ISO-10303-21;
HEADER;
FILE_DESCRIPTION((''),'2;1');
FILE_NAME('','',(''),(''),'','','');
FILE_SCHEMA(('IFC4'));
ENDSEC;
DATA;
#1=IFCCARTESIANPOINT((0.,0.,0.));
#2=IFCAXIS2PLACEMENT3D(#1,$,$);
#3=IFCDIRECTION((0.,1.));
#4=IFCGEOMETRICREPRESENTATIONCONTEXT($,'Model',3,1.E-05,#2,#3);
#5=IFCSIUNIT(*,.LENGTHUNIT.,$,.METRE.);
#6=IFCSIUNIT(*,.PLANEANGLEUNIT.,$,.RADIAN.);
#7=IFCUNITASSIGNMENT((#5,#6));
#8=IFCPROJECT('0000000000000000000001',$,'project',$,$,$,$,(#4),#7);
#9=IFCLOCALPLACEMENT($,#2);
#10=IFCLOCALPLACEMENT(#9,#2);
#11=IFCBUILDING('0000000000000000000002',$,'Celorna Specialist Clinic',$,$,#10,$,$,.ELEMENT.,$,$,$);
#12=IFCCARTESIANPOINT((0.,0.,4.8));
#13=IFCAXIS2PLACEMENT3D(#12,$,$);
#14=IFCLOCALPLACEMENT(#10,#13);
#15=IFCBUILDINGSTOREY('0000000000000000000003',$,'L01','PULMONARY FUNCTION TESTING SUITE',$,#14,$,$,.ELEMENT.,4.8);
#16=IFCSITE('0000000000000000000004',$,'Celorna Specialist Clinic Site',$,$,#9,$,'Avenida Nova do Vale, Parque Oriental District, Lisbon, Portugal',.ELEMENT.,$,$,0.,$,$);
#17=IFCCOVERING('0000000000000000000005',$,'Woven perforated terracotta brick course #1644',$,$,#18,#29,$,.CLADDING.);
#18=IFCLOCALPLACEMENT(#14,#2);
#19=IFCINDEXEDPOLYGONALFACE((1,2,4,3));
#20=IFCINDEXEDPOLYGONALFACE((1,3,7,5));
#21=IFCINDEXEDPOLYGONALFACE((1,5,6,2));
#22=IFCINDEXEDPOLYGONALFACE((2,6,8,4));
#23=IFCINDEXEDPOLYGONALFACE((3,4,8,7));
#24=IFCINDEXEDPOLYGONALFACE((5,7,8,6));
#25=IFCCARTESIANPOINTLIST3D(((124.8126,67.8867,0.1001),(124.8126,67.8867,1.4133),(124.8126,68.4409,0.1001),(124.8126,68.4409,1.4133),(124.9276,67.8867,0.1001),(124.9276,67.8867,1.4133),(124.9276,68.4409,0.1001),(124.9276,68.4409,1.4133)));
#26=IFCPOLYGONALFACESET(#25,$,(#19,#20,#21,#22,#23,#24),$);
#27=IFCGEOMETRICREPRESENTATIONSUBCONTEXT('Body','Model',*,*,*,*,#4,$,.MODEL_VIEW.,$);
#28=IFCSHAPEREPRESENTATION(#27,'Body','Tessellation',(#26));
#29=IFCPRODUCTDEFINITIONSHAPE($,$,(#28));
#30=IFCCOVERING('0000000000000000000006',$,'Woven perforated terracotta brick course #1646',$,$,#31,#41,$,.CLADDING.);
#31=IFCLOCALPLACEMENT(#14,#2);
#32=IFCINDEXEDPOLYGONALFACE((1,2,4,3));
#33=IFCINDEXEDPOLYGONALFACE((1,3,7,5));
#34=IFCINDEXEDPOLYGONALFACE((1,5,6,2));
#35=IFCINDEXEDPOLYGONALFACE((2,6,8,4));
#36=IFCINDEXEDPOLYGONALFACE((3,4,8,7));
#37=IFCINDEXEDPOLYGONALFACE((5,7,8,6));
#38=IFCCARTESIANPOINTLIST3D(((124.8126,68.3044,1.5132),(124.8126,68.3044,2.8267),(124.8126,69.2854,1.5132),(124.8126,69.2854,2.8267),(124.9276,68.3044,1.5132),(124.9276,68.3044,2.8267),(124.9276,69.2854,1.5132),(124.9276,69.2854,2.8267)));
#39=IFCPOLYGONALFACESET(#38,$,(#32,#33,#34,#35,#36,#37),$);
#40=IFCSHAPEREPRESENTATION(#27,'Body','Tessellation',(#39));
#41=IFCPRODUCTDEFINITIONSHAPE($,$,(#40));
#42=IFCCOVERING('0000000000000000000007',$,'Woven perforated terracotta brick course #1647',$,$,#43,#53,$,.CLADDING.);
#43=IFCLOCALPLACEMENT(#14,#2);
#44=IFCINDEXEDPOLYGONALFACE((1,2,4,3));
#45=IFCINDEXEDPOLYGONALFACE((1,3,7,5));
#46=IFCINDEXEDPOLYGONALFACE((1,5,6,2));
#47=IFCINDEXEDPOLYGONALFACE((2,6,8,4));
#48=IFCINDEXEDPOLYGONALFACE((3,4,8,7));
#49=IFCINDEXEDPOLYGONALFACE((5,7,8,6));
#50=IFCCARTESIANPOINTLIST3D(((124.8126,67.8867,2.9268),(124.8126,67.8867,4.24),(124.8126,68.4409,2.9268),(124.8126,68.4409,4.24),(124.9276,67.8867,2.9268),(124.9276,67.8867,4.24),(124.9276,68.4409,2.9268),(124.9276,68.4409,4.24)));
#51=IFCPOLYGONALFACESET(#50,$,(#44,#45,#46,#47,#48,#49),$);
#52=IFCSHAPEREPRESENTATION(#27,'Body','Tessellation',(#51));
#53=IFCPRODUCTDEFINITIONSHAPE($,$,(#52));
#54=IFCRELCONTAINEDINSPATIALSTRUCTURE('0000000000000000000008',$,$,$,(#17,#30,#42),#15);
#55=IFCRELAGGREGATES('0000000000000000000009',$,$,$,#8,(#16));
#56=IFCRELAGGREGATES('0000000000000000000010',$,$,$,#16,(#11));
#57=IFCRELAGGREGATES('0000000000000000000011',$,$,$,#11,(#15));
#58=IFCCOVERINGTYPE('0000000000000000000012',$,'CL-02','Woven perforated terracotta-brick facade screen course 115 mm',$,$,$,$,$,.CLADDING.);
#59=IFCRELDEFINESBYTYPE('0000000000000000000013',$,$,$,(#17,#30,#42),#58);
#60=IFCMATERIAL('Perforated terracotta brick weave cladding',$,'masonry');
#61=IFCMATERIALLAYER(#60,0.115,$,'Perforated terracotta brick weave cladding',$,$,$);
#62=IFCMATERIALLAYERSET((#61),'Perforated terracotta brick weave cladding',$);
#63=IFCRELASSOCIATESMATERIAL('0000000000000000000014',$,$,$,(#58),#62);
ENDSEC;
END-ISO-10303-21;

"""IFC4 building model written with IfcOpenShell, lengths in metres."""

from ifc_helpers import new_model, si_unit, direction, frame, origin, origin_2d, place, context, subcontext, project, spatial, rectangle, extrude, material, layer, layer_set, type_object, element, save


model = new_model("IFC4")

# Units and contexts
model_context = context("Model", 3, precision=1e-05, world=origin(), true_north=direction((0.0, 1.0)))
body_context = subcontext(model_context, "Body", "Model", "MODEL_VIEW")
ifc_project = project(units=[si_unit("LENGTHUNIT", "METRE"), si_unit("PLANEANGLEUNIT", "RADIAN")], contexts=[model_context])

# Site, building, storey
site_placement = place(None, origin())
site = spatial("IfcSite", under=ifc_project, at=site_placement, Name="Celorna Specialist Clinic Site", LongName="Avenida Nova do Vale, Parque Oriental District, Lisbon, Portugal", CompositionType="ELEMENT", RefElevation=0.0)
building_placement = place(site_placement, origin())
building = spatial("IfcBuilding", under=site, at=building_placement, Name="Celorna Specialist Clinic", CompositionType="ELEMENT")
storey_placement = place(building_placement, frame((0.0, 0.0, 4.8)))
storey = spatial("IfcBuildingStorey", under=building, at=storey_placement, Name="L01", Description="PULMONARY FUNCTION TESTING SUITE", CompositionType="ELEMENT", Elevation=4.8)

# Coverings
ifc_material_1 = material(Name="Perforated terracotta brick weave cladding", Category="masonry")
ifc_layer_1 = layer(ifc_material_1, 0.115, Name="Perforated terracotta brick weave cladding")
ifc_layer_set_1 = layer_set([ifc_layer_1], Name="Perforated terracotta brick weave cladding")
covering_type = type_object("IfcCoveringType", Name="CL-02", Description="Woven perforated terracotta-brick facade screen course 115 mm", PredefinedType="CLADDING", material=ifc_layer_set_1)
covering_1_placement = place(storey_placement, frame((124.8701, 68.1638, 0.1001), z_axis=(0.0, 0.0, 1.0), x_axis=(0.0, 1.0, 0.0)))
element("IfcCovering", 1, at=covering_1_placement, inside=storey, type_object=covering_type, Name="Woven perforated terracotta brick course #1644", PredefinedType="CLADDING", context=body_context, shape_type="SweptSolid", body=[
    extrude(rectangle(XDim=0.5542, YDim=0.115, at=origin_2d()), origin(), (0.0, 0.0, 1.0), 1.3132),
])
covering_2_placement = place(storey_placement, frame((124.8701, 68.7949, 1.5132), z_axis=(0.0, 0.0, 1.0), x_axis=(0.0, 1.0, 0.0)))
element("IfcCovering", 2, at=covering_2_placement, inside=storey, type_object=covering_type, Name="Woven perforated terracotta brick course #1646", PredefinedType="CLADDING", context=body_context, shape_type="SweptSolid", body=[
    extrude(rectangle(XDim=0.981, YDim=0.115, at=origin_2d()), origin(), (0.0, 0.0, 1.0), 1.3135),
])
covering_3_placement = place(storey_placement, frame((124.8701, 68.1638, 2.9268), z_axis=(0.0, 0.0, 1.0), x_axis=(0.0, 1.0, 0.0)))
element("IfcCovering", 3, at=covering_3_placement, inside=storey, type_object=covering_type, Name="Woven perforated terracotta brick course #1647", PredefinedType="CLADDING", context=body_context, shape_type="SweptSolid", body=[
    extrude(rectangle(XDim=0.5542, YDim=0.115, at=origin_2d()), origin(), (0.0, 0.0, 1.0), 1.3132),
])

save(model, "model.ifc")
